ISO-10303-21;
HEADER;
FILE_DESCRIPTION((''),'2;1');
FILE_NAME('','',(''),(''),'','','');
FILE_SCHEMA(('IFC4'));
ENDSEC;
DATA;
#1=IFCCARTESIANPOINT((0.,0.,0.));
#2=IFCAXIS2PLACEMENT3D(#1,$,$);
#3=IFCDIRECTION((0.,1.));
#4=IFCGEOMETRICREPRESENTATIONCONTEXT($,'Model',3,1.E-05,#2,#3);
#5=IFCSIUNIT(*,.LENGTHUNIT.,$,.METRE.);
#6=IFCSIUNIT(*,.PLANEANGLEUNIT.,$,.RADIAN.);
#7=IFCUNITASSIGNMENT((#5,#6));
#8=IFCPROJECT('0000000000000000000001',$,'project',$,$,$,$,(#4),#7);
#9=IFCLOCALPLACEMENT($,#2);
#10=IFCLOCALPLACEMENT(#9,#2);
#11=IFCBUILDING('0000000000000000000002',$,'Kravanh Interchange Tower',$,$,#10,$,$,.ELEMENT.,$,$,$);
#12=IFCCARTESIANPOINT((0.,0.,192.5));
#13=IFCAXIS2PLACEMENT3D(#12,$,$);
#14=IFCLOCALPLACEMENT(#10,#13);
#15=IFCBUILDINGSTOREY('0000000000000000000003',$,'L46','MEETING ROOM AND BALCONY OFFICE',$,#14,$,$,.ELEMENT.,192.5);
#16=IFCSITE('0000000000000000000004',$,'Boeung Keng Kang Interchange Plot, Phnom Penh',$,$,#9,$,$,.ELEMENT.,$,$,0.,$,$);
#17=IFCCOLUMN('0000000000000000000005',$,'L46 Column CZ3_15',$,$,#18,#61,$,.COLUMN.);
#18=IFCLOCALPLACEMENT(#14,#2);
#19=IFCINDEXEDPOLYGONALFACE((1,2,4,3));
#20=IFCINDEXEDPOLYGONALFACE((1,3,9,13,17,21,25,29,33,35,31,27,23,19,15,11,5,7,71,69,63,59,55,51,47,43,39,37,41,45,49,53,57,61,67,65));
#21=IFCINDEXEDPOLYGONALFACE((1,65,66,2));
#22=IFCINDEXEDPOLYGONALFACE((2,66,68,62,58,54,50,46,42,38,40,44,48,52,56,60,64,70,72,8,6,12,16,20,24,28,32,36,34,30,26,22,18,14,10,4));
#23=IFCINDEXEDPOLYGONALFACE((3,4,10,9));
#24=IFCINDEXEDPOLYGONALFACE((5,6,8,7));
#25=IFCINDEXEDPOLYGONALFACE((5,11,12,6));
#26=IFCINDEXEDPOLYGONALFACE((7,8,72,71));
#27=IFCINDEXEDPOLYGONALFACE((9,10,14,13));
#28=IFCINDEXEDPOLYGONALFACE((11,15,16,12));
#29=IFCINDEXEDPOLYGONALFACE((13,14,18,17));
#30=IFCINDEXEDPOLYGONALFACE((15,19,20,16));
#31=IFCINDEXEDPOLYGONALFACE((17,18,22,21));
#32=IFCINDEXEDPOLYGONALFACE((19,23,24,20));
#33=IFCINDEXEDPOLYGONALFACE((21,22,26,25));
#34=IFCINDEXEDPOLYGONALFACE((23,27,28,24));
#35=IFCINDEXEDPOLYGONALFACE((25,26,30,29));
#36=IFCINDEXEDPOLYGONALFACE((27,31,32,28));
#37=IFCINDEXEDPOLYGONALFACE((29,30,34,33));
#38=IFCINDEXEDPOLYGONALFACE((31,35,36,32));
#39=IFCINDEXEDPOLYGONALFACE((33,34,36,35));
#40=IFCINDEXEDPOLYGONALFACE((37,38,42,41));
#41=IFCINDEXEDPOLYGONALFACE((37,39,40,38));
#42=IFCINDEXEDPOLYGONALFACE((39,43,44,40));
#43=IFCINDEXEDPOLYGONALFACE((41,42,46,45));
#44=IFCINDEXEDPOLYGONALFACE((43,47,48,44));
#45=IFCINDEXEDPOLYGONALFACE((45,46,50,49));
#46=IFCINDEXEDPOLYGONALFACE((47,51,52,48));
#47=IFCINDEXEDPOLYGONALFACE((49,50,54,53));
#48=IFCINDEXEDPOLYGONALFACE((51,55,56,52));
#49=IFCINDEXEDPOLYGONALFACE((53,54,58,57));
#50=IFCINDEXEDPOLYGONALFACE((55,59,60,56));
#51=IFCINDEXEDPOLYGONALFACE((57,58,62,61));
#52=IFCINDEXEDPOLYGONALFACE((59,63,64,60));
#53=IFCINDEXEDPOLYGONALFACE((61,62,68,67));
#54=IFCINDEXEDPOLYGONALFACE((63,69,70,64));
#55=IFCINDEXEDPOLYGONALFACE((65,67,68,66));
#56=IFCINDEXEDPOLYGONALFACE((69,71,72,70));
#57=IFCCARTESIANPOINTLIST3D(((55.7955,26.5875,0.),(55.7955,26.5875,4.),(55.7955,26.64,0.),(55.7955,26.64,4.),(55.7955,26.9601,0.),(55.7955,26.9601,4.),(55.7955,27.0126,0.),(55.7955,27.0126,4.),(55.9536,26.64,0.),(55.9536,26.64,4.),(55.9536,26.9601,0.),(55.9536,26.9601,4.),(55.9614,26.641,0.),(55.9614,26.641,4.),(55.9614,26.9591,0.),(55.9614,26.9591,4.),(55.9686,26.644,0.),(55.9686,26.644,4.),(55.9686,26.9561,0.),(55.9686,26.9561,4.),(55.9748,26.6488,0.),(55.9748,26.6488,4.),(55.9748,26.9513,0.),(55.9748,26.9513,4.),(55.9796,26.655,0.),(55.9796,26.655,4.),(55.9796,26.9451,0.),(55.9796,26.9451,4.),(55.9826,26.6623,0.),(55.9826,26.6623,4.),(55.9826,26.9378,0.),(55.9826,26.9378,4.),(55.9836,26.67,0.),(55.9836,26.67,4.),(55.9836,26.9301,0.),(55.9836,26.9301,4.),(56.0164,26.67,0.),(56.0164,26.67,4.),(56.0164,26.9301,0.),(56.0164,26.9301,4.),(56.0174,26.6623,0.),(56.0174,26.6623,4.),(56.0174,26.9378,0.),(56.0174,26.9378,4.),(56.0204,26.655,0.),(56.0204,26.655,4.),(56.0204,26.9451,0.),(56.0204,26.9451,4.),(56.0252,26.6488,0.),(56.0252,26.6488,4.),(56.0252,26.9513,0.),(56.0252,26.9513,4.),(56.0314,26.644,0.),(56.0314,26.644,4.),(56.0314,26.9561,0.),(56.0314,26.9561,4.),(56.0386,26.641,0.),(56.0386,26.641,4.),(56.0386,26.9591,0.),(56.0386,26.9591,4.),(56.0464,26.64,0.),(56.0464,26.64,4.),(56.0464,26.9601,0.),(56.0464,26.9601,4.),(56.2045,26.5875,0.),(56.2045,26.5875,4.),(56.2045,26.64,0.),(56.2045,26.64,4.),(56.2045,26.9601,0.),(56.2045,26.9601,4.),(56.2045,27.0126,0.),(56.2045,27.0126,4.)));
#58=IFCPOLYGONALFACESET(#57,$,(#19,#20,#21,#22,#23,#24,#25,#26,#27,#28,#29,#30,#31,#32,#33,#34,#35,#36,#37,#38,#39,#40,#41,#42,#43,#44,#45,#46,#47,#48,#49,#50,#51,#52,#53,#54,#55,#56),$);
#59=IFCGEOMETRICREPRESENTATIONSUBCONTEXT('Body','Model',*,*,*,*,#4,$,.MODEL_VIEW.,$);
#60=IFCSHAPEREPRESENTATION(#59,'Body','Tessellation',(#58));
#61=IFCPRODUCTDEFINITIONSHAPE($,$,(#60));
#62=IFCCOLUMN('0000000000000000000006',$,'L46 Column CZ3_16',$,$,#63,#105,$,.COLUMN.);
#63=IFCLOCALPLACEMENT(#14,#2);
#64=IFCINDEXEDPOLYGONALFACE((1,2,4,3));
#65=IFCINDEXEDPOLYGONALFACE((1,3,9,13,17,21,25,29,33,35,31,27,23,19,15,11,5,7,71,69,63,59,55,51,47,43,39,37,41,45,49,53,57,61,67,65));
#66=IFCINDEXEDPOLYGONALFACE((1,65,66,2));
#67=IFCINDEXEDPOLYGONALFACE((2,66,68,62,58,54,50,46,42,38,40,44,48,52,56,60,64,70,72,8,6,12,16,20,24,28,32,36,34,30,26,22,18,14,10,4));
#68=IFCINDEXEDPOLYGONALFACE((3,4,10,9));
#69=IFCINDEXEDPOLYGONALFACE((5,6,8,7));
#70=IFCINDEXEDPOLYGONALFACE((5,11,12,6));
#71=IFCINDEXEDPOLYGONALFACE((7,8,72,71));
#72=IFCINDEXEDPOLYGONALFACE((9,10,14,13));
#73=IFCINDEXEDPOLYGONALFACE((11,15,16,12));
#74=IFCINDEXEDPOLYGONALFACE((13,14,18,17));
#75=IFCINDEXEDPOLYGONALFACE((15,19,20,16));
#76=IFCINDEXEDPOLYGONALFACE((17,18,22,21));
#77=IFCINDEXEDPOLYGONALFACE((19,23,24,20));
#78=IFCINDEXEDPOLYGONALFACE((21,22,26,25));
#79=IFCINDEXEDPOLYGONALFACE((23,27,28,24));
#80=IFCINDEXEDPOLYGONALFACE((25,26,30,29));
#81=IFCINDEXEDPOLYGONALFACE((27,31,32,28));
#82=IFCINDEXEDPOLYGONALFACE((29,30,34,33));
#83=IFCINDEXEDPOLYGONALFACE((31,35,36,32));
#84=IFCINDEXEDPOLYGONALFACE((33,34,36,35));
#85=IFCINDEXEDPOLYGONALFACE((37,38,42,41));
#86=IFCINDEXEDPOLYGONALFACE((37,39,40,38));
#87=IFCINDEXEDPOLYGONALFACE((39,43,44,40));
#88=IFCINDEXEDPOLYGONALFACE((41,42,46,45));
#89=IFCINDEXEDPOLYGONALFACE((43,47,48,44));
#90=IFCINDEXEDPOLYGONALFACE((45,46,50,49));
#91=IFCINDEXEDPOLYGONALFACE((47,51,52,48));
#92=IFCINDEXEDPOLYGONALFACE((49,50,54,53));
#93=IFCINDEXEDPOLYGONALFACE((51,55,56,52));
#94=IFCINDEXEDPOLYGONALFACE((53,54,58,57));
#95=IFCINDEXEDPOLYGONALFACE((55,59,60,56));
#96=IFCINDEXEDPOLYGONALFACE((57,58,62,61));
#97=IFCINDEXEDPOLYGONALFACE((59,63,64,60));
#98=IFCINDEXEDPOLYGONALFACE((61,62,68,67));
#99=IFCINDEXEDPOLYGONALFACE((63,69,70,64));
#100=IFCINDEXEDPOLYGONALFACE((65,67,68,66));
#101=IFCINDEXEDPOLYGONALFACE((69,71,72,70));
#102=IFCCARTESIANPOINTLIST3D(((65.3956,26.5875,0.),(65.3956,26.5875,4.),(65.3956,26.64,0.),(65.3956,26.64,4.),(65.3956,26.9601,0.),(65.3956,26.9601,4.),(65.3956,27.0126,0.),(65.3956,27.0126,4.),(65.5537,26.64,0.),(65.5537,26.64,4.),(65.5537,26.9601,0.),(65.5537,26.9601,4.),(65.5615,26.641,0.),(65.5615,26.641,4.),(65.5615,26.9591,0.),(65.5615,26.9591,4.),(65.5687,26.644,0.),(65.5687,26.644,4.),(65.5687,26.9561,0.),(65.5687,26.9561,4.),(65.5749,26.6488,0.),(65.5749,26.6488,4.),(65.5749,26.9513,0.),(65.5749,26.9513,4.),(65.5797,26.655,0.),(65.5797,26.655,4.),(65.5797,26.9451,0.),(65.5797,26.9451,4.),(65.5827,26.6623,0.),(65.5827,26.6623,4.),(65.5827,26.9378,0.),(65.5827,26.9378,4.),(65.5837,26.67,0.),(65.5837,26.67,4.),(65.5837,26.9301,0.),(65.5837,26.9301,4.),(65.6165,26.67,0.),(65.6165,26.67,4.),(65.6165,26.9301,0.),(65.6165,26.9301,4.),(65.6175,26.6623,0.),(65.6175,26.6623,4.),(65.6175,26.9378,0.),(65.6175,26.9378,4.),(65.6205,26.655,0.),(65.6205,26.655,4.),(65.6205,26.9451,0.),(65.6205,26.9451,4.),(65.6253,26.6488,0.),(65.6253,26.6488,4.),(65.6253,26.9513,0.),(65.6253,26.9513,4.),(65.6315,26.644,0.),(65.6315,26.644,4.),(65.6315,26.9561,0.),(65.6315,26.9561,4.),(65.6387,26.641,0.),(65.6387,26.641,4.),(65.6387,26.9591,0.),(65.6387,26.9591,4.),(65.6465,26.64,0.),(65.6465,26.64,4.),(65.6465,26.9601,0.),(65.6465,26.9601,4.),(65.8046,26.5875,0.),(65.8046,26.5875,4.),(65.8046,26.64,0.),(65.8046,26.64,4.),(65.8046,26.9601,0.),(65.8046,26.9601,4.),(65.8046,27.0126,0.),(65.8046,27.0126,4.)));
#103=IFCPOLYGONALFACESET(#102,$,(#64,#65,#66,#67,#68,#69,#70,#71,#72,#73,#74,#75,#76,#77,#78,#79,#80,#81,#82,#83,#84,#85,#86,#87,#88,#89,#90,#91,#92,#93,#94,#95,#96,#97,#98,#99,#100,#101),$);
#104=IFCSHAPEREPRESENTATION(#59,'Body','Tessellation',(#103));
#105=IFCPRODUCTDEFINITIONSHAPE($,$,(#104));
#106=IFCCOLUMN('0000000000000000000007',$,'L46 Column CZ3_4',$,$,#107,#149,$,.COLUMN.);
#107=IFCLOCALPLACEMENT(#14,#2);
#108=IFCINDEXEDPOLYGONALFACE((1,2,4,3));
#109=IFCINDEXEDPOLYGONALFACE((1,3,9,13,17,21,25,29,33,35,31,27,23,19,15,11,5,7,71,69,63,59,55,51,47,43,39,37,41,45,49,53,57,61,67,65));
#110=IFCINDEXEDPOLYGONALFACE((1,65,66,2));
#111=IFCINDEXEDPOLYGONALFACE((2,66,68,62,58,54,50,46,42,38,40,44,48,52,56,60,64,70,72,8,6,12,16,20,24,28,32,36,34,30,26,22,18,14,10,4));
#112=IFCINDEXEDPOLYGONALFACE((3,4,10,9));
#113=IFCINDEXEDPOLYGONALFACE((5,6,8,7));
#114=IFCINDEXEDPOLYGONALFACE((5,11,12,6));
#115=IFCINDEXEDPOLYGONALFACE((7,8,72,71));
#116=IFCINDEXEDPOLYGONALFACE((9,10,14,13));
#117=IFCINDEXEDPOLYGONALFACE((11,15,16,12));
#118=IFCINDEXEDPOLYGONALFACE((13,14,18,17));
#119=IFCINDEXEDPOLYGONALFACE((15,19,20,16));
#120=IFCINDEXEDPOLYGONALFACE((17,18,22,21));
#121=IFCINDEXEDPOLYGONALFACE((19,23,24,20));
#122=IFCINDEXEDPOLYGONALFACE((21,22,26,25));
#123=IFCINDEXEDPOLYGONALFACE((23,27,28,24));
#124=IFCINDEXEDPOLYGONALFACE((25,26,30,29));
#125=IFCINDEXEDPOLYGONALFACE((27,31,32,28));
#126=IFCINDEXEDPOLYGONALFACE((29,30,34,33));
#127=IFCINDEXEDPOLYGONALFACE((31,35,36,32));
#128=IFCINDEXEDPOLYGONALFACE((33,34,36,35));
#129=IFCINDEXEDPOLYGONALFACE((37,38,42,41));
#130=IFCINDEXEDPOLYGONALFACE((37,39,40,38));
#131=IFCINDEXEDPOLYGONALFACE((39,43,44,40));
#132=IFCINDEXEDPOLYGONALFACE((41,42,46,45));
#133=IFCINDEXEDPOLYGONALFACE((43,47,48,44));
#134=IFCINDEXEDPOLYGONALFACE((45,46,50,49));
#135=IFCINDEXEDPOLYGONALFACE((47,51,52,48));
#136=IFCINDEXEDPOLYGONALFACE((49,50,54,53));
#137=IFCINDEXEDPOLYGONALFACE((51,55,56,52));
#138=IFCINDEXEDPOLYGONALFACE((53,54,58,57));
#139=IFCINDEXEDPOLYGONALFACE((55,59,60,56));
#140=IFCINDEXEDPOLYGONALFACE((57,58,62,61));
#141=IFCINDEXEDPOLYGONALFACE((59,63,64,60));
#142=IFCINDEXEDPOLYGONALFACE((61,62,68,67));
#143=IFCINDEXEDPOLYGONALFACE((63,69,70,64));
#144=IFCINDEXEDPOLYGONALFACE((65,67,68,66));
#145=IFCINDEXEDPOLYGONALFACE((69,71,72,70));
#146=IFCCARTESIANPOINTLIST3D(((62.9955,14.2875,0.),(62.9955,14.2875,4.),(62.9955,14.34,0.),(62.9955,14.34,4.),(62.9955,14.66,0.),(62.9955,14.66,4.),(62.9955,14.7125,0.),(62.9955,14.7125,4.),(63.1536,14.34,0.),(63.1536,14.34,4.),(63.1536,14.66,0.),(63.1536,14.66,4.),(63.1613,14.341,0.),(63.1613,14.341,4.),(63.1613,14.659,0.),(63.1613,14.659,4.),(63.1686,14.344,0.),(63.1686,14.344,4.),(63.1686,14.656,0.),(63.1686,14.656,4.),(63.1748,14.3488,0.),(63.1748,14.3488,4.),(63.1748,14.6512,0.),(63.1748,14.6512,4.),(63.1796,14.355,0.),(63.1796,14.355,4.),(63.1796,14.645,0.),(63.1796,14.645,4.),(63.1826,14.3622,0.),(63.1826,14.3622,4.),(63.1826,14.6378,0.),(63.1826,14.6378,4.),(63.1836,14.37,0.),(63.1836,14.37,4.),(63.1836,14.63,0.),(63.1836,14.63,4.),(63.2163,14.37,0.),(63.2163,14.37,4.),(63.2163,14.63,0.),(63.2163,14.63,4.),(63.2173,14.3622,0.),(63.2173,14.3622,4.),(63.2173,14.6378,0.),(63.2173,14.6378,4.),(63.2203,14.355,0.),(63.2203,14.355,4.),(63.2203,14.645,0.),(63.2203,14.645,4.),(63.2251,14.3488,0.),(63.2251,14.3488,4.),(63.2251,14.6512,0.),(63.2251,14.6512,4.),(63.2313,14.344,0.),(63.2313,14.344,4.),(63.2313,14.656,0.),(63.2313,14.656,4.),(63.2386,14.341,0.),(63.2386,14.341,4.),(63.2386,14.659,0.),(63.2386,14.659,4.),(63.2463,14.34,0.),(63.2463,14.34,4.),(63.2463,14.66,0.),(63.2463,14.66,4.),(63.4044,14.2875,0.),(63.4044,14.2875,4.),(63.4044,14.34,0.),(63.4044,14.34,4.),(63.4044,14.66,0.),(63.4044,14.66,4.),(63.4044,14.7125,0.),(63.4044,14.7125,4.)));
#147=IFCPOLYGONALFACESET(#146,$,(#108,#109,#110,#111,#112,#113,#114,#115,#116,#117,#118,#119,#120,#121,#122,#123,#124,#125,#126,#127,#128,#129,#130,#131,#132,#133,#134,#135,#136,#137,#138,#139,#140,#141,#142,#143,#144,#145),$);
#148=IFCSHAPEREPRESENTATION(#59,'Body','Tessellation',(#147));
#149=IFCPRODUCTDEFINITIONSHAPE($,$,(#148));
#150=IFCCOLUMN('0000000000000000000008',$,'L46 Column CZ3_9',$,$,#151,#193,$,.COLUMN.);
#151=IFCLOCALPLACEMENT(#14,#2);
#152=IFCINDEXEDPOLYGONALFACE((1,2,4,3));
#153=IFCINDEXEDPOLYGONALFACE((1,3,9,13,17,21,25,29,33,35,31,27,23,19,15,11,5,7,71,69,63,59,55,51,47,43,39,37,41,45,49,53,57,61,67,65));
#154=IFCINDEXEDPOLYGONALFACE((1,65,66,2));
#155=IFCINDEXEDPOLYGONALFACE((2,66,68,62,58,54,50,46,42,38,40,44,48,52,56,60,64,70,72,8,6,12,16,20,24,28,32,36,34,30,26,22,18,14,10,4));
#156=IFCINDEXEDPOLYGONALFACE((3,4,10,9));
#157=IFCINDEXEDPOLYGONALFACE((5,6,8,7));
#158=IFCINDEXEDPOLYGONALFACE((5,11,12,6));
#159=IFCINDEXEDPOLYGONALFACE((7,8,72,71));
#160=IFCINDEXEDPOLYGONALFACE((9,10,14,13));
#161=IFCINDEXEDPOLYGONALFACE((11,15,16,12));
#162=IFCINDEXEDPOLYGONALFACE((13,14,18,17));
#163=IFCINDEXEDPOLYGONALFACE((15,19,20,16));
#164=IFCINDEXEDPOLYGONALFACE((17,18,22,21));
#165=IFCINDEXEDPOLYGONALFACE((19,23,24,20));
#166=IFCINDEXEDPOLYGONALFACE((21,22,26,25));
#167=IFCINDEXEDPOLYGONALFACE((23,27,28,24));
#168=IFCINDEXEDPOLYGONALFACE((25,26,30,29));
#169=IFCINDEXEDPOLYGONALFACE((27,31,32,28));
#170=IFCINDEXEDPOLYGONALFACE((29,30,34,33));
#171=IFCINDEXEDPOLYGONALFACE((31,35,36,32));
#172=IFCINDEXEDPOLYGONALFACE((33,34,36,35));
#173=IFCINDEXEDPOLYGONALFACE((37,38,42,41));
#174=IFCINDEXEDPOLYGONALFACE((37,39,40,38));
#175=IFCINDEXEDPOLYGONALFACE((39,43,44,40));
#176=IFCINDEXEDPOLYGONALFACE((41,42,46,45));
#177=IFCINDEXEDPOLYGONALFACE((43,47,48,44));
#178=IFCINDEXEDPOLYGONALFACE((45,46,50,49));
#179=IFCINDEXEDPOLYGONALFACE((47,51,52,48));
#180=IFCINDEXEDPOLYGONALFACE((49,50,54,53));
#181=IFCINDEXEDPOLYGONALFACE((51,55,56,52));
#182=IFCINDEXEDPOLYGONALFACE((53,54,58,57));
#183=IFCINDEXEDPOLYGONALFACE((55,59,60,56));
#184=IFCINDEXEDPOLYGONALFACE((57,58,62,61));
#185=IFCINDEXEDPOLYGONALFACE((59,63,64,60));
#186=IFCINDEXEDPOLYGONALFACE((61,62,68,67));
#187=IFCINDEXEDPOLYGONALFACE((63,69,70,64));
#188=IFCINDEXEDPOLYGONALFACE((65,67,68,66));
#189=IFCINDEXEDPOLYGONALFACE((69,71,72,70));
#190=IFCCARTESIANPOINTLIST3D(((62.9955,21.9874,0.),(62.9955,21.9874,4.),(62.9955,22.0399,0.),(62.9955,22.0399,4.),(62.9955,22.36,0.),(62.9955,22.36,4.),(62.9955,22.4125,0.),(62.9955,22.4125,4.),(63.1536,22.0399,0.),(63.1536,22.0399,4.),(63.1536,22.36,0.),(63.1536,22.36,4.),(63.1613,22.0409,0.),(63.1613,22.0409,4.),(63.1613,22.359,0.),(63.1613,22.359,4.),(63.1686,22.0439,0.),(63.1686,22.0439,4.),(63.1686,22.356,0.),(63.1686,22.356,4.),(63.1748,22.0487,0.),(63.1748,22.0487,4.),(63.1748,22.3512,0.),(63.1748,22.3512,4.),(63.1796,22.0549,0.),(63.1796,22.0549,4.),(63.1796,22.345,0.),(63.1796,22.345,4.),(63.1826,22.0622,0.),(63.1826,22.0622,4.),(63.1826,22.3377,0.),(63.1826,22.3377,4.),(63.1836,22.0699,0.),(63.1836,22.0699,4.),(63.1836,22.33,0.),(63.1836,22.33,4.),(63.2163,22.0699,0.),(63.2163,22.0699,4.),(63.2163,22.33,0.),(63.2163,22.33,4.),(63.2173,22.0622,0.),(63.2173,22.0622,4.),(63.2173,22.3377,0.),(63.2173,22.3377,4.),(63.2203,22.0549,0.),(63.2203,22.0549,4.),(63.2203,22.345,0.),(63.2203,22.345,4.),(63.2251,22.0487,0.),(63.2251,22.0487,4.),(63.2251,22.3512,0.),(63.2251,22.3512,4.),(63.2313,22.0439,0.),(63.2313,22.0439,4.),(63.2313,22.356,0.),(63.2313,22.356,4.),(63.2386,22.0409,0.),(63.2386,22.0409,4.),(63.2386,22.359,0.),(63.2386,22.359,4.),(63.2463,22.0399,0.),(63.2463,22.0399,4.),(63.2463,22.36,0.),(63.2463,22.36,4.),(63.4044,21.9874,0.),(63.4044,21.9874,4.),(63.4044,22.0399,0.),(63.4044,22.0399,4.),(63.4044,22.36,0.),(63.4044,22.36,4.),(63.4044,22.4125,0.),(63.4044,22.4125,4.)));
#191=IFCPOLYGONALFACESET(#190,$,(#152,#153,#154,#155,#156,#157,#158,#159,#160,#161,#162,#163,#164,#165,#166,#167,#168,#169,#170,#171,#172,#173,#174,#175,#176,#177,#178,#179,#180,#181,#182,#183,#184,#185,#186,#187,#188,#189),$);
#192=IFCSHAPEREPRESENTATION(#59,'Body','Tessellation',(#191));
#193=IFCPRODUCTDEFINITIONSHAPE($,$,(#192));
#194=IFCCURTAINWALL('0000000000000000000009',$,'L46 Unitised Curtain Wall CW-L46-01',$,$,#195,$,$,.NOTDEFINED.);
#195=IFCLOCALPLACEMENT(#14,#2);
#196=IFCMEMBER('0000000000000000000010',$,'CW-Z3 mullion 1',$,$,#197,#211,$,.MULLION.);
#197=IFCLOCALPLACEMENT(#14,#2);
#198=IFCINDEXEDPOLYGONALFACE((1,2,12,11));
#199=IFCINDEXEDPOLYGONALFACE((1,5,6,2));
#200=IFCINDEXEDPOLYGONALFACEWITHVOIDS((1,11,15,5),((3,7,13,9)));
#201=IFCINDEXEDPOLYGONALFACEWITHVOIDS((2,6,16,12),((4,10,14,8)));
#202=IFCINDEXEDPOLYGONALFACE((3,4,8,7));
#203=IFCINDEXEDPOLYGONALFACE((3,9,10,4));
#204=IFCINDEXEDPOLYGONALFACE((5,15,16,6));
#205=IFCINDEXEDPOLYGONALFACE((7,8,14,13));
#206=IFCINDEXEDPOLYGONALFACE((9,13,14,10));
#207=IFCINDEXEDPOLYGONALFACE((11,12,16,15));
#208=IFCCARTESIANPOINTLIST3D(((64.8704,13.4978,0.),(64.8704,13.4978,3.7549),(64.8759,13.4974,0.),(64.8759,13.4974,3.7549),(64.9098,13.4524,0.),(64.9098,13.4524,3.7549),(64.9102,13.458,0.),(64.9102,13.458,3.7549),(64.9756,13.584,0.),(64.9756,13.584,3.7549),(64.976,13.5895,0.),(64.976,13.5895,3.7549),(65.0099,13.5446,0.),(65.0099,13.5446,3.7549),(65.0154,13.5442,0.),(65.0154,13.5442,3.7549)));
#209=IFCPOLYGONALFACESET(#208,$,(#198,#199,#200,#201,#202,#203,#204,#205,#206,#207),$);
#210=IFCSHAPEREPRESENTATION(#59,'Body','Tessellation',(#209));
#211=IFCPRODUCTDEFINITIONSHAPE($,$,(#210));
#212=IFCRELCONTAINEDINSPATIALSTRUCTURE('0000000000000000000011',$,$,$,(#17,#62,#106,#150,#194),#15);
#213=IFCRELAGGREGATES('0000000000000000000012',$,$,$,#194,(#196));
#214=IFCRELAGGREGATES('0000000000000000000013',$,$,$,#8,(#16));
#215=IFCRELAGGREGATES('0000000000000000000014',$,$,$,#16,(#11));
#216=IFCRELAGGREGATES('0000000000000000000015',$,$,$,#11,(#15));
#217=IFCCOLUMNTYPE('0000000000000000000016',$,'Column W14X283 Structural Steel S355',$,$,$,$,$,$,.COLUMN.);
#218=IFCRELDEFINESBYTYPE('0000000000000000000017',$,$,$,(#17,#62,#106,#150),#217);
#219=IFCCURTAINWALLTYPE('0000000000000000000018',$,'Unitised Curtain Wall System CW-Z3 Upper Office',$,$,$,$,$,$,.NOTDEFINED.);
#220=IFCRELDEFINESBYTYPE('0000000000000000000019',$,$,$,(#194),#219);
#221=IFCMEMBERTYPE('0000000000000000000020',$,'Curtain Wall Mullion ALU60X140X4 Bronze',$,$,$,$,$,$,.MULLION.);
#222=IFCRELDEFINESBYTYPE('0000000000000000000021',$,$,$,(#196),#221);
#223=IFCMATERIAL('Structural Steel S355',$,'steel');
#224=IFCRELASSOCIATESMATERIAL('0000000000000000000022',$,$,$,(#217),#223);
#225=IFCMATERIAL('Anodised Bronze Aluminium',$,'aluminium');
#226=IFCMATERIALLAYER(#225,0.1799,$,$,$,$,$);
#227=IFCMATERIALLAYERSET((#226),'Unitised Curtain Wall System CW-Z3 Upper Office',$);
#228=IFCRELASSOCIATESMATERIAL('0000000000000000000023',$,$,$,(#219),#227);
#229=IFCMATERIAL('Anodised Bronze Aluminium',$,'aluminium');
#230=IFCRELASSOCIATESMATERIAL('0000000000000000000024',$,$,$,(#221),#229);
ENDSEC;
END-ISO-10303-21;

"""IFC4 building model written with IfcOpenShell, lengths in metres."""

from ifc_helpers import new_model, si_unit, direction, frame, origin, origin_2d, place, context, subcontext, project, spatial, hollow_rectangle, i_section, extrude, material, layer, layer_set, material_profile, profile_set, type_object, element, aggregate, save


model = new_model("IFC4")

# Units and contexts
model_context = context("Model", 3, precision=1e-05, world=origin(), true_north=direction((0.0, 1.0)))
body_context = subcontext(model_context, "Body", "Model", "MODEL_VIEW")
ifc_project = project(units=[si_unit("LENGTHUNIT", "METRE"), si_unit("PLANEANGLEUNIT", "RADIAN")], contexts=[model_context])

# Site, building, storey
site_placement = place(None, origin())
site = spatial("IfcSite", under=ifc_project, at=site_placement, Name="Boeung Keng Kang Interchange Plot, Phnom Penh", CompositionType="ELEMENT", RefElevation=0.0)
building_placement = place(site_placement, origin())
building = spatial("IfcBuilding", under=site, at=building_placement, Name="Kravanh Interchange Tower", CompositionType="ELEMENT")
storey_placement = place(building_placement, frame((0.0, 0.0, 192.5)))
storey = spatial("IfcBuildingStorey", under=building, at=storey_placement, Name="L46", Description="MEETING ROOM AND BALCONY OFFICE", CompositionType="ELEMENT", Elevation=192.5)

# Columns
ifc_material_1 = material(Name="Structural Steel S355", Category="steel")
ifc_material_profile_1 = material_profile(ifc_material_1, i_section(OverallWidth=0.4089, OverallDepth=0.425, WebThickness=0.0327, FlangeThickness=0.0525, FilletRadius=0.03, at=origin_2d()), Name="W14X283")
ifc_profile_set_1 = profile_set([ifc_material_profile_1], Name="Structural Steel S355")
column_type = type_object("IfcColumnType", Name="Column W14X283 Structural Steel S355", PredefinedType="COLUMN", material=ifc_profile_set_1)
for number, where, z_axis, x_axis, name in (
    (1, (56.0, 26.8, 0.0), (0.0, 0.0, 1.0), (1.0, 0.0, 0.0), "L46 Column CZ3_15"),
    (2, (65.6001, 26.8, 0.0), (0.0, 0.0, 1.0), (1.0, 0.0, 0.0), "L46 Column CZ3_16"),
    (3, (63.2, 14.5, 0.0), (0.0, 0.0, 1.0), (1.0, 0.0, 0.0), "L46 Column CZ3_4"),
    (4, (63.2, 22.2, 0.0), (0.0, 0.0, 1.0), (1.0, 0.0, 0.0), "L46 Column CZ3_9"),
):
    element("IfcColumn", number, at=place(storey_placement, frame(where, z_axis=z_axis, x_axis=x_axis)), inside=storey, type_object=column_type, Name=name, PredefinedType="COLUMN", context=body_context, shape_type="SweptSolid", body=[
        extrude(i_section(OverallWidth=0.4089, OverallDepth=0.425, WebThickness=0.0327, FlangeThickness=0.0525, FilletRadius=0.03, at=origin_2d()), origin(), (0.0, 0.0, 1.0), 4.0),
    ])

# Curtain wall, member
ifc_material_2 = material(Name="Anodised Bronze Aluminium", Category="aluminium")
ifc_layer_1 = layer(ifc_material_2, 0.1799)
ifc_layer_set_1 = layer_set([ifc_layer_1], Name="Unitised Curtain Wall System CW-Z3 Upper Office")
curtain_wall_type = type_object("IfcCurtainWallType", Name="Unitised Curtain Wall System CW-Z3 Upper Office", PredefinedType="NOTDEFINED", material=ifc_layer_set_1)
curtain_wall_1_placement = place(storey_placement, origin())
curtain_wall_1 = element("IfcCurtainWall", 5, at=curtain_wall_1_placement, inside=storey, type_object=curtain_wall_type, Name="L46 Unitised Curtain Wall CW-L46-01", PredefinedType="NOTDEFINED")
ifc_material_3 = material(Name="Anodised Bronze Aluminium", Category="aluminium")
ifc_material_profile_2 = material_profile(ifc_material_3, hollow_rectangle(XDim=0.0601, YDim=0.1399, WallThickness=0.0039, at=origin_2d()), Name="ALU60X140X4")
ifc_profile_set_2 = profile_set([ifc_material_profile_2], Name="Anodised Bronze Aluminium")
member_type_1 = type_object("IfcMemberType", Name="Curtain Wall Mullion ALU60X140X4 Bronze", PredefinedType="MULLION", material=ifc_profile_set_2)
member_1_placement = place(storey_placement, frame((64.9429, 13.521, 0.0), z_axis=(0.0, 0.0, 1.0), x_axis=(0.656051, -0.754717, 0.0)))
member_1 = element("IfcMember", 6, at=member_1_placement, type_object=member_type_1, Name="CW-Z3 mullion 1", PredefinedType="MULLION", context=body_context, shape_type="SweptSolid", body=[
    extrude(hollow_rectangle(XDim=0.0601, YDim=0.1399, WallThickness=0.0039, at=origin_2d()), origin(), (0.0, 0.0, 1.0), 3.7549),
])

aggregate(curtain_wall_1, [member_1])

save(model, "model.ifc")
